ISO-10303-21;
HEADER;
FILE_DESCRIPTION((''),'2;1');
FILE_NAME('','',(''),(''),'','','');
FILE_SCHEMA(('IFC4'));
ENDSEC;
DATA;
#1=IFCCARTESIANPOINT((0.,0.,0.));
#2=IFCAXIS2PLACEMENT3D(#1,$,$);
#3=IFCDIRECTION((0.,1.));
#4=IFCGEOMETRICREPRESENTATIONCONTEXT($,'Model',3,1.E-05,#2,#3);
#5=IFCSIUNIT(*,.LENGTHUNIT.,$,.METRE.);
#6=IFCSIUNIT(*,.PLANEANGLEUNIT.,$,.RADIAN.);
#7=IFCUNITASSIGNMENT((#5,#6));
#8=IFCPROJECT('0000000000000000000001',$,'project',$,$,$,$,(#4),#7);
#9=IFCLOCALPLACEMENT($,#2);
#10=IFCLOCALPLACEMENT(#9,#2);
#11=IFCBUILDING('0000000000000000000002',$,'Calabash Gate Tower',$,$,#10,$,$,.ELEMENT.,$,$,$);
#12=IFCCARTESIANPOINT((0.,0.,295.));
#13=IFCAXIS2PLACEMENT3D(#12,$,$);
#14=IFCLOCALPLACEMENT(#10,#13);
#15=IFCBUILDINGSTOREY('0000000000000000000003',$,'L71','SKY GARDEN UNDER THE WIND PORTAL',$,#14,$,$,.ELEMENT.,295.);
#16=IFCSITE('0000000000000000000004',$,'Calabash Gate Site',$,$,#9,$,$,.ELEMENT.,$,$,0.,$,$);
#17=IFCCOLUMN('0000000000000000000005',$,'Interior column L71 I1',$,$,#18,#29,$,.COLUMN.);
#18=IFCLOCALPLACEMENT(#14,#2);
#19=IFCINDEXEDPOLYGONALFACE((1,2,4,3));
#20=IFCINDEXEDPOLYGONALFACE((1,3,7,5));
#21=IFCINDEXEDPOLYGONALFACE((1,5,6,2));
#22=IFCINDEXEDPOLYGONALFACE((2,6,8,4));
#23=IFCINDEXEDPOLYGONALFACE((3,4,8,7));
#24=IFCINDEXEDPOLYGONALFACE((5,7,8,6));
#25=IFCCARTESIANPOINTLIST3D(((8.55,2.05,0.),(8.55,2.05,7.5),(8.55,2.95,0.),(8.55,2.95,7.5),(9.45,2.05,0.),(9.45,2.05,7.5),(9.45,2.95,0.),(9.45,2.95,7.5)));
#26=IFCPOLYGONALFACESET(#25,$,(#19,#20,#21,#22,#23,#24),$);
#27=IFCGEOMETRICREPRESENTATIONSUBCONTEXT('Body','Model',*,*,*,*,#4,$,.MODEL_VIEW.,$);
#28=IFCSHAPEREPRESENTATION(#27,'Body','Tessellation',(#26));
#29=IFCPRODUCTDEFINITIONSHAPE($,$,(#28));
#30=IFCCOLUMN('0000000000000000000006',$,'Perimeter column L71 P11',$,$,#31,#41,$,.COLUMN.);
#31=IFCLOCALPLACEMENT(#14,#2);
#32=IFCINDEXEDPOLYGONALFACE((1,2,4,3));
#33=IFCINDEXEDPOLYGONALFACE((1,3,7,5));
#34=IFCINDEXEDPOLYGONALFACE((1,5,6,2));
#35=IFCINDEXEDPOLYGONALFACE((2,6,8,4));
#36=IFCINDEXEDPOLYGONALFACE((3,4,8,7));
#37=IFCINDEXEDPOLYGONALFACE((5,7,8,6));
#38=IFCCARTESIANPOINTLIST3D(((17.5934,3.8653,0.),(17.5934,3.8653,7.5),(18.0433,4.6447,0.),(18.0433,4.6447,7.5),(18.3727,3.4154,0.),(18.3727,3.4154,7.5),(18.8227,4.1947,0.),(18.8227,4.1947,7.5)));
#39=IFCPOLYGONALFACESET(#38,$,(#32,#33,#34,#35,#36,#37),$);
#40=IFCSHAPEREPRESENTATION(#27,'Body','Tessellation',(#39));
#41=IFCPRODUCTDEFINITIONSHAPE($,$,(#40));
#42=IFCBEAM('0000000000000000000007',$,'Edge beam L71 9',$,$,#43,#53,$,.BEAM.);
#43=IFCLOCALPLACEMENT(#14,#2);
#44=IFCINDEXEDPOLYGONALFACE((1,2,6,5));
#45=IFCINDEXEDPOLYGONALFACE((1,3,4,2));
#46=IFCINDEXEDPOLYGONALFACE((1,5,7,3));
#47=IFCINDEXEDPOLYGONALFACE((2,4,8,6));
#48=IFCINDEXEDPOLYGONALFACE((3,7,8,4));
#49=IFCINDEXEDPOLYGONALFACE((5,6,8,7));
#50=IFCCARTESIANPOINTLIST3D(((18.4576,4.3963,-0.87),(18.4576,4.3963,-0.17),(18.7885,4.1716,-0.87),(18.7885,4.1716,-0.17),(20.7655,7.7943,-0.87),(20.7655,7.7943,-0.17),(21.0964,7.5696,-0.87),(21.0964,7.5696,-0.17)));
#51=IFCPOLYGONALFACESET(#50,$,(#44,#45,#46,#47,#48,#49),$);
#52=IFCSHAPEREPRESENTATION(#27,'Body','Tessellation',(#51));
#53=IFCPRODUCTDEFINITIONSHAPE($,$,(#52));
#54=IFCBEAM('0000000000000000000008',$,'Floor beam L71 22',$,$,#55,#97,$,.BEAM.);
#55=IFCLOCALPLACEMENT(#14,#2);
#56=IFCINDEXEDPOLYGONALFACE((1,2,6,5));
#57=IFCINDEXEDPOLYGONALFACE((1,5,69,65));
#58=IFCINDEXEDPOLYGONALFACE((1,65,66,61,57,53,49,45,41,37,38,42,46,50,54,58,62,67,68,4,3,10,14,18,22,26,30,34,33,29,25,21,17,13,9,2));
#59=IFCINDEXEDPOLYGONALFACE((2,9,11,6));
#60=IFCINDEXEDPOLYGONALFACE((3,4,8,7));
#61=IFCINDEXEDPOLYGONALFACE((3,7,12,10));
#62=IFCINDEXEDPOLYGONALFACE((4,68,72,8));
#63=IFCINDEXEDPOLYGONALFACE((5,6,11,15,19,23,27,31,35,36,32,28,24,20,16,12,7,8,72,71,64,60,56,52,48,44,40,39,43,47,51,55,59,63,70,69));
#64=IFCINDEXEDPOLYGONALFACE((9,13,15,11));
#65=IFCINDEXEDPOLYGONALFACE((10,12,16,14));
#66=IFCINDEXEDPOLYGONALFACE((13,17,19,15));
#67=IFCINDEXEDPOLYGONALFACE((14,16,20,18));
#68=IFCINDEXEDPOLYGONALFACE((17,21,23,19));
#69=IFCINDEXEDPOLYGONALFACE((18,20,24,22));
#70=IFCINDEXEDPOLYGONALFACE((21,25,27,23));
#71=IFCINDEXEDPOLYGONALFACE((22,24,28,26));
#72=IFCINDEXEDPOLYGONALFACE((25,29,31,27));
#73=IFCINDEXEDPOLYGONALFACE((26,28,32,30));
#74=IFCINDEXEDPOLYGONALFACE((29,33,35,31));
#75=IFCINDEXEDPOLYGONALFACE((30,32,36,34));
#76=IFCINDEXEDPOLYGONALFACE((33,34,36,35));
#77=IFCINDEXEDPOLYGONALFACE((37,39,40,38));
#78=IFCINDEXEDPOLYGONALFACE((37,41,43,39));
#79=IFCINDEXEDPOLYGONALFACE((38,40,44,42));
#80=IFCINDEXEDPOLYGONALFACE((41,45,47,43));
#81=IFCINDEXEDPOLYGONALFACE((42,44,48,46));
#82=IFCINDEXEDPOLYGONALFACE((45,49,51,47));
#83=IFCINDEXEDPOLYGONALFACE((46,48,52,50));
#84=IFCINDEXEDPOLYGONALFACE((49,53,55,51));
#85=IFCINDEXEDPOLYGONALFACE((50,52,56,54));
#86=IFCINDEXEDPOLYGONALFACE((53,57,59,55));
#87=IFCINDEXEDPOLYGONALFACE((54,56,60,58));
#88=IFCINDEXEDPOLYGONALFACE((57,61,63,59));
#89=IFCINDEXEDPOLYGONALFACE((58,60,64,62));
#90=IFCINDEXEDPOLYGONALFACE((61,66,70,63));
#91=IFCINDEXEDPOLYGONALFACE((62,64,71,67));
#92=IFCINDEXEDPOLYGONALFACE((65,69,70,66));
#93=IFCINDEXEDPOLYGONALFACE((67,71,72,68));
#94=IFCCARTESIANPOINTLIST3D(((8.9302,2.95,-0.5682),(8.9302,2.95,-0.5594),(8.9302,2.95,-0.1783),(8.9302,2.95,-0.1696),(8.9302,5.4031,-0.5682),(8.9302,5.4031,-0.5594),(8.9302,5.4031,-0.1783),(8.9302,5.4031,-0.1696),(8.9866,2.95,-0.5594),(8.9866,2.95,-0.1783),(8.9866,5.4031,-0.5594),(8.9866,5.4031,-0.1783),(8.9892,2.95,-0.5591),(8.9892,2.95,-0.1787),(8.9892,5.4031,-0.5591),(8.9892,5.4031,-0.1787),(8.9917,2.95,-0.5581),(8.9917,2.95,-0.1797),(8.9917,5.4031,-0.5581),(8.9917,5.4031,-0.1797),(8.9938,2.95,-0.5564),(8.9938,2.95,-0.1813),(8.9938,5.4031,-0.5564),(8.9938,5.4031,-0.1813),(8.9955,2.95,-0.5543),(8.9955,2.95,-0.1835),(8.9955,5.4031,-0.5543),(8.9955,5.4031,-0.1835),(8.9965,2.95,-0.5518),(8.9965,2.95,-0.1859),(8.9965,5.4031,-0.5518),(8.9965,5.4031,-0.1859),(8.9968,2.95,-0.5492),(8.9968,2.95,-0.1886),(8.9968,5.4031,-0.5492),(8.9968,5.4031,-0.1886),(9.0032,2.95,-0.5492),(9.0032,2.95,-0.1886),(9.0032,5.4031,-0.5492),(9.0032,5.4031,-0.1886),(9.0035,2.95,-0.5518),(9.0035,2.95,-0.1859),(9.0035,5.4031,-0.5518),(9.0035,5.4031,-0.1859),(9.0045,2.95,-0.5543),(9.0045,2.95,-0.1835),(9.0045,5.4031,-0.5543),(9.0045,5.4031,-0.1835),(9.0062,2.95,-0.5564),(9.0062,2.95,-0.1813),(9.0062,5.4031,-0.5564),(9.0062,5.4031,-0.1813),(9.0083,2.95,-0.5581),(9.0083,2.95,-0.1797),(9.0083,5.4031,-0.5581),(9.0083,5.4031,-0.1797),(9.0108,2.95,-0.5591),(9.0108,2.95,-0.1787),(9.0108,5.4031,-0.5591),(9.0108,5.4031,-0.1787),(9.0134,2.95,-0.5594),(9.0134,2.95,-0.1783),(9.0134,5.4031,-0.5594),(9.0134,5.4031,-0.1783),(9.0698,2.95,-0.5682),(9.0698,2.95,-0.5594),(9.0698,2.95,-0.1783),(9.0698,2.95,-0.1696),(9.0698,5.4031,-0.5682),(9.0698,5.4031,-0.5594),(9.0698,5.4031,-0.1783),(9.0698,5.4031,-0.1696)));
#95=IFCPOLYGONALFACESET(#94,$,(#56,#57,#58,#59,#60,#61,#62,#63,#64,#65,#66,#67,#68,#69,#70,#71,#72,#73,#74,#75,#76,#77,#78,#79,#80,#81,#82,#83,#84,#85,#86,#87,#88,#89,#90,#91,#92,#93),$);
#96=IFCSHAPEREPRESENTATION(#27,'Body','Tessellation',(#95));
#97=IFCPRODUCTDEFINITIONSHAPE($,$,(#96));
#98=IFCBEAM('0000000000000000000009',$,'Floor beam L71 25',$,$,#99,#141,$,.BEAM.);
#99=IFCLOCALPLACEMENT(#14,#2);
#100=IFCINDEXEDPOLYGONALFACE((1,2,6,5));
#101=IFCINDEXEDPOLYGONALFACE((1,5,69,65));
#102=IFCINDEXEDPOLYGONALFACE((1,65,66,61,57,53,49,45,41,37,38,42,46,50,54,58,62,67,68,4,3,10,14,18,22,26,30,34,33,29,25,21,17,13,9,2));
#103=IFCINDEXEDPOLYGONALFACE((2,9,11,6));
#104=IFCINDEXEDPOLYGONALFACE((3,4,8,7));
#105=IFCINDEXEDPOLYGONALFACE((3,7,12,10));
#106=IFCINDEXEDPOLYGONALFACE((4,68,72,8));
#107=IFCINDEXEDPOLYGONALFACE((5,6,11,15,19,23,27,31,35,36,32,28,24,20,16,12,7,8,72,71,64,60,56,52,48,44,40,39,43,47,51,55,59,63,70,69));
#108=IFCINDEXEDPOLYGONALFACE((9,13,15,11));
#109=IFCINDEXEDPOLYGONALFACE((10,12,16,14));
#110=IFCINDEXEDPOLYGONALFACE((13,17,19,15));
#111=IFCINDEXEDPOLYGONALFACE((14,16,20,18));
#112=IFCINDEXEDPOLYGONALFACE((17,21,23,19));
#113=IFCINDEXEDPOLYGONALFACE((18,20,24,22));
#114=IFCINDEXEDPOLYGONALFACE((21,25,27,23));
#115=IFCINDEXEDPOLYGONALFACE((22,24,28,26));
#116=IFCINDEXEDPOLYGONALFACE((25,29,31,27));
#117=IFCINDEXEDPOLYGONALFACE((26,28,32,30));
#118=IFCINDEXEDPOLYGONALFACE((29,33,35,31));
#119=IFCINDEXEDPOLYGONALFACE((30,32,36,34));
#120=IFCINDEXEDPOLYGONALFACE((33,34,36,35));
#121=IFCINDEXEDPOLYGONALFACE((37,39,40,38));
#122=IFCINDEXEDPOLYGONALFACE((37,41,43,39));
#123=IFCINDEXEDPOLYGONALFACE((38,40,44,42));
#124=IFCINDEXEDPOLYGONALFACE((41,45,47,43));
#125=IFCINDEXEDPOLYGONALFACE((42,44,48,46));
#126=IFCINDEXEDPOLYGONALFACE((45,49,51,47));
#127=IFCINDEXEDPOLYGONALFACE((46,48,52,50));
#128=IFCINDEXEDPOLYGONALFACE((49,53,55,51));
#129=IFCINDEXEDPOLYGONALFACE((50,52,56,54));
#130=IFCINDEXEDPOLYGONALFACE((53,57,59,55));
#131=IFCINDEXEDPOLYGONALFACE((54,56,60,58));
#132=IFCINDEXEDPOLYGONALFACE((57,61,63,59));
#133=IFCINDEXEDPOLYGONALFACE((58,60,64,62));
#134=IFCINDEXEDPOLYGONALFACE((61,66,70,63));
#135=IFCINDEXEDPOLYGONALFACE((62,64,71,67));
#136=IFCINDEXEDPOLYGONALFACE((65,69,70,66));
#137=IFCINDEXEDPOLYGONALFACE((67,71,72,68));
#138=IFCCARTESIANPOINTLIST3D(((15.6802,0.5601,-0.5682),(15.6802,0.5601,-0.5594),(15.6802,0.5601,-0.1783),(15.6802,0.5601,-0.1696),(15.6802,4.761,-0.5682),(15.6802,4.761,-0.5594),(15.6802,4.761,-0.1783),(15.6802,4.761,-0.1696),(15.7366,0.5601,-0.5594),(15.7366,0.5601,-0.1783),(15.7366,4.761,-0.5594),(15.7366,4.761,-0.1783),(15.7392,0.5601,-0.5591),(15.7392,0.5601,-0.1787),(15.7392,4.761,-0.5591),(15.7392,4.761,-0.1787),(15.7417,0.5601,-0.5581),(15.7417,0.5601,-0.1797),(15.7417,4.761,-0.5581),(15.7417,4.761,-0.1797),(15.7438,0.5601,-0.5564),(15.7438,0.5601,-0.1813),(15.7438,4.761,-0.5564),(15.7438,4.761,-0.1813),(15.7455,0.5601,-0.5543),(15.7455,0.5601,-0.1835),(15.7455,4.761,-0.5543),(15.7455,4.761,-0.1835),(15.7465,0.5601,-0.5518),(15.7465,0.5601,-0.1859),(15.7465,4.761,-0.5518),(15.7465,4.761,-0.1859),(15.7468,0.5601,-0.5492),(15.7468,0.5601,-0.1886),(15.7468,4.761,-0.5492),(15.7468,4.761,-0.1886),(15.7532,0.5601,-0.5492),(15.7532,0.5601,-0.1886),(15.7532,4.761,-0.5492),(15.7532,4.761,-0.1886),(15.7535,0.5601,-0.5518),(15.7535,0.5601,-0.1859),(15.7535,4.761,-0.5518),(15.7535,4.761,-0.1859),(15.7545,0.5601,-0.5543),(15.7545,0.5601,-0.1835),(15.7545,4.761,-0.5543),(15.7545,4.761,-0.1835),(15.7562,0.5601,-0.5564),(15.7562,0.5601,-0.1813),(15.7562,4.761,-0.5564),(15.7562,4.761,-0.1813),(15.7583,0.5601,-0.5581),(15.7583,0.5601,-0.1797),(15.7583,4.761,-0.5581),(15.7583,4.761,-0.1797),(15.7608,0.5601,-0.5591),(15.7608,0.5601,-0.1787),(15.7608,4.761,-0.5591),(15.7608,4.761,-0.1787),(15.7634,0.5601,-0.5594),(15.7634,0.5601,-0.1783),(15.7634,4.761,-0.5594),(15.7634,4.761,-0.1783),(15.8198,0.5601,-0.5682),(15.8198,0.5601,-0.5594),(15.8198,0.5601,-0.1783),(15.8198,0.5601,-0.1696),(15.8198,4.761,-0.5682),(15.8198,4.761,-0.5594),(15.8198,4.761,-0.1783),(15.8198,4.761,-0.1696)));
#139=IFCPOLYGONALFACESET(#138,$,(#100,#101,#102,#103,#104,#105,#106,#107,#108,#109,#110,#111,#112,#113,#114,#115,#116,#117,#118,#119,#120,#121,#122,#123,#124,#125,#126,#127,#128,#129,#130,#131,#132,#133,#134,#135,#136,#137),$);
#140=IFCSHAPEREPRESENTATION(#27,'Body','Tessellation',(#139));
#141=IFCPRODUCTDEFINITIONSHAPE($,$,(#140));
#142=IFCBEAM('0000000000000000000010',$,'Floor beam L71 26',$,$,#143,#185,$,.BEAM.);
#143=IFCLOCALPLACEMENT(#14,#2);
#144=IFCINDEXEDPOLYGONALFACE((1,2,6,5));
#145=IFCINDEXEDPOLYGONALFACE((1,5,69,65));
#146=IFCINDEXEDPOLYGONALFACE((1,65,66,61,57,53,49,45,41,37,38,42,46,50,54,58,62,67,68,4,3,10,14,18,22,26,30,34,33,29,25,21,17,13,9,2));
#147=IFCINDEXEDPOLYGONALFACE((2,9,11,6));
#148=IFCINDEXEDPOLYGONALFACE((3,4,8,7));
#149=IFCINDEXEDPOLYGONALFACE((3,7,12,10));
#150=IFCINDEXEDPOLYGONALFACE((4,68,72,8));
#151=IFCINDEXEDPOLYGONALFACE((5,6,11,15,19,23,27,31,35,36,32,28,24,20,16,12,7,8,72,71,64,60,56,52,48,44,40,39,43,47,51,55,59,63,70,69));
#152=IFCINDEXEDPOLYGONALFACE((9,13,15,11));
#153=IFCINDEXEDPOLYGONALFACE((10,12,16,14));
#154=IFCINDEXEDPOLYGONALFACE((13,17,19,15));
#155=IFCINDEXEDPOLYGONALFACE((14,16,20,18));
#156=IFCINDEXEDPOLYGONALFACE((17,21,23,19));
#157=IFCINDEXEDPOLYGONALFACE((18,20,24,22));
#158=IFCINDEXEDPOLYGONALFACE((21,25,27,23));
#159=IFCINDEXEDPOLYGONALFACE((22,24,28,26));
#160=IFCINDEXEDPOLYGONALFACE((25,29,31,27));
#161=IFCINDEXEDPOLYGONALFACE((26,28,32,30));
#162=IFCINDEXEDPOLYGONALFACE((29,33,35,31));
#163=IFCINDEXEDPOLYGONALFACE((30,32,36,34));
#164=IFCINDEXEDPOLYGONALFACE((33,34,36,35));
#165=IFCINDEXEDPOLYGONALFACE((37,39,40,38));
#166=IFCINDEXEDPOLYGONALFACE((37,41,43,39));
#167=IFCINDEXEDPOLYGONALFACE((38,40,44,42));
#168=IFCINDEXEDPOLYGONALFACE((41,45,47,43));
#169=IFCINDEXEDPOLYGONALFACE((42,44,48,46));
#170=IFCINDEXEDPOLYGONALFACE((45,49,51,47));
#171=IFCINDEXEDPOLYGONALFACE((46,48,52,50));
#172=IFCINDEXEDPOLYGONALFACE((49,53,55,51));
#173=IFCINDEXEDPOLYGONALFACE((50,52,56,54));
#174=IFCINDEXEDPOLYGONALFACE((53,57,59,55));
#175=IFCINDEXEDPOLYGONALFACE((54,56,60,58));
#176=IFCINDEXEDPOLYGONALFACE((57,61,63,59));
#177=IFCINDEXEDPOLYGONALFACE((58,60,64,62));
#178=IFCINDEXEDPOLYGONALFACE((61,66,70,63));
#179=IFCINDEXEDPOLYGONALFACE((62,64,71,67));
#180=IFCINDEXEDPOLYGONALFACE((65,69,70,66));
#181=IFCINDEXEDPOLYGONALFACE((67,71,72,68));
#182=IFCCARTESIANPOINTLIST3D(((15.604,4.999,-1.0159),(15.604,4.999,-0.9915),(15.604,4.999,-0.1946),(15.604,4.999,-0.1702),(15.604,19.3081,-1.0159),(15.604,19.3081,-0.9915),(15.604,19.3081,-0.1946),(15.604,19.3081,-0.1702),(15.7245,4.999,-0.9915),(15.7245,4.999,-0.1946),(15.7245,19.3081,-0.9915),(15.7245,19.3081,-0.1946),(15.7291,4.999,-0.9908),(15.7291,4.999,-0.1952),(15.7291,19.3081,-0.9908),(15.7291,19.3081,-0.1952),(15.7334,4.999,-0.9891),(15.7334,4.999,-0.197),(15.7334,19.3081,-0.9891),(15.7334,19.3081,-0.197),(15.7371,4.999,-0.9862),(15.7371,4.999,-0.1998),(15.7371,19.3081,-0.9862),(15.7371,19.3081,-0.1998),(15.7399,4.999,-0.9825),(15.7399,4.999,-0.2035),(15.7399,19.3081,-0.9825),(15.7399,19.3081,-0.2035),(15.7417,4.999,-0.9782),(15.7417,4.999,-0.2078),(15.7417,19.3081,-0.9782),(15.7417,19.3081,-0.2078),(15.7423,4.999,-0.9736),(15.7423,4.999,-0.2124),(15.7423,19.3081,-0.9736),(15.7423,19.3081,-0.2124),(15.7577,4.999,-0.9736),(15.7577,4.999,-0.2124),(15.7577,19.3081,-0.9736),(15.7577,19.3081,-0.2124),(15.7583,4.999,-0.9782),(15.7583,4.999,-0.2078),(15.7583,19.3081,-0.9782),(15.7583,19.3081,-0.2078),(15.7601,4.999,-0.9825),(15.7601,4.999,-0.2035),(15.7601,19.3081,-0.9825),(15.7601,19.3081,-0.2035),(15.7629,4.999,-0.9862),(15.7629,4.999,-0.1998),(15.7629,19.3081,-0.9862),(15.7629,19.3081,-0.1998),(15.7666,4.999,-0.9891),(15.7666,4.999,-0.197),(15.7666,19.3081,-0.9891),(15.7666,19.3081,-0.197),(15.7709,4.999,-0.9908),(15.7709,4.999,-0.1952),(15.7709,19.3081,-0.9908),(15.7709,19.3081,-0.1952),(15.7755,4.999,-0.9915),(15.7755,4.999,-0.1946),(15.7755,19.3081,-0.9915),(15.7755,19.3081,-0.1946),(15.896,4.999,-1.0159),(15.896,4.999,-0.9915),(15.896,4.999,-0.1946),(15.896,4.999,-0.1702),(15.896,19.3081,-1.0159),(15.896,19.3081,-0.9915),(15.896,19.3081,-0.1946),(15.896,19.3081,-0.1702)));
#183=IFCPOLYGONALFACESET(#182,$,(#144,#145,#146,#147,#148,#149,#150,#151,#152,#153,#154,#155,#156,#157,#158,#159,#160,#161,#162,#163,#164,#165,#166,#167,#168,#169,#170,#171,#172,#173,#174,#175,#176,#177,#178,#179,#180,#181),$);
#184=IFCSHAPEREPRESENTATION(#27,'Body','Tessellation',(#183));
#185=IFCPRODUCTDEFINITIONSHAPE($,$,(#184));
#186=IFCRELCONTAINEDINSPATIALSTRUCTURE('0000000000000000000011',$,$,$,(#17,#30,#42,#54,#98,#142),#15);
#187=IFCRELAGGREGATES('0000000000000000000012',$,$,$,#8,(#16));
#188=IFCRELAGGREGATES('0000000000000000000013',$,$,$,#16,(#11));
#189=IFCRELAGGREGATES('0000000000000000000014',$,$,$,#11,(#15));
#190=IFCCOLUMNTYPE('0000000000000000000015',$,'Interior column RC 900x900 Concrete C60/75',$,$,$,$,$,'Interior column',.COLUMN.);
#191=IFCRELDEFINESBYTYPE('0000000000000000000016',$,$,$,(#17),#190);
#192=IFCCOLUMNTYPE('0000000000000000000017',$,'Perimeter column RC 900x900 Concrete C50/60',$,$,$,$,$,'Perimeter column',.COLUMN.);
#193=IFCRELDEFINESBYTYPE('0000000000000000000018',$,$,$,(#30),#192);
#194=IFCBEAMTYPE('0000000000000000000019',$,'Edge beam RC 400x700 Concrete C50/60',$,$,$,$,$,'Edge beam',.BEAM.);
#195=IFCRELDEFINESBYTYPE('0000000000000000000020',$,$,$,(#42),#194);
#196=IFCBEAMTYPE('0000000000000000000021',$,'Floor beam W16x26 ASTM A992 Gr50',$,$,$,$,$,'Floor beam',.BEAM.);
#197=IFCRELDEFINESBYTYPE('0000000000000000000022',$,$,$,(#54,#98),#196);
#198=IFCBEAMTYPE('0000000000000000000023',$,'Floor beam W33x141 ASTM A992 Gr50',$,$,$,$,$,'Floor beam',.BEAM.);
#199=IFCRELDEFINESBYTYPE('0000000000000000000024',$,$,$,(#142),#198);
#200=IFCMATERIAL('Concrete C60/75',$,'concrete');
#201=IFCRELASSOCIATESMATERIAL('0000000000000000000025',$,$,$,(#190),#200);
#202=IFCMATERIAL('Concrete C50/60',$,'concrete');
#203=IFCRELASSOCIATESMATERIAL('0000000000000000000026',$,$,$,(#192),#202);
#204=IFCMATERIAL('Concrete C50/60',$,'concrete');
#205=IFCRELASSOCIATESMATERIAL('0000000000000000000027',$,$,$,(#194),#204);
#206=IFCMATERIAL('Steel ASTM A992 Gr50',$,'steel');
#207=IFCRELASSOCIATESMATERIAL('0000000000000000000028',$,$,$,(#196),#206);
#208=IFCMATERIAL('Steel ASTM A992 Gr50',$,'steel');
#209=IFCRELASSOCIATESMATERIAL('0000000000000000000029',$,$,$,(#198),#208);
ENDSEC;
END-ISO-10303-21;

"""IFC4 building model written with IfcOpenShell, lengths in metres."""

from ifc_helpers import new_model, si_unit, direction, frame, origin, origin_2d, place, context, subcontext, project, spatial, rectangle, i_section, extrude, material, material_profile, profile_set, type_object, element, save


model = new_model("IFC4")

# Units and contexts
model_context = context("Model", 3, precision=1e-05, world=origin(), true_north=direction((0.0, 1.0)))
body_context = subcontext(model_context, "Body", "Model", "MODEL_VIEW")
ifc_project = project(units=[si_unit("LENGTHUNIT", "METRE"), si_unit("PLANEANGLEUNIT", "RADIAN")], contexts=[model_context])

# Site, building, storey
site_placement = place(None, origin())
site = spatial("IfcSite", under=ifc_project, at=site_placement, Name="Calabash Gate Site", CompositionType="ELEMENT", RefElevation=0.0)
building_placement = place(site_placement, origin())
building = spatial("IfcBuilding", under=site, at=building_placement, Name="Calabash Gate Tower", CompositionType="ELEMENT")
storey_placement = place(building_placement, frame((0.0, 0.0, 295.0)))
storey = spatial("IfcBuildingStorey", under=building, at=storey_placement, Name="L71", Description="SKY GARDEN UNDER THE WIND PORTAL", CompositionType="ELEMENT", Elevation=295.0)

# Columns
ifc_material_1 = material(Name="Concrete C60/75", Category="concrete")
ifc_material_profile_1 = material_profile(ifc_material_1, rectangle(XDim=0.8999, YDim=0.8999, at=origin_2d()))
ifc_profile_set_1 = profile_set([ifc_material_profile_1], Name="Concrete C60/75")
column_type_1 = type_object("IfcColumnType", Name="Interior column RC 900x900 Concrete C60/75", ElementType="Interior column", PredefinedType="COLUMN", material=ifc_profile_set_1)
column_1_placement = place(storey_placement, frame((9.0, 2.5, 0.0), z_axis=(0.0, 0.0, 1.0), x_axis=(1.0, 0.0, 0.0)))
element("IfcColumn", 1, at=column_1_placement, inside=storey, type_object=column_type_1, Name="Interior column L71 I1", PredefinedType="COLUMN", context=body_context, shape_type="SweptSolid", body=[
    extrude(rectangle(XDim=0.8999, YDim=0.8999, at=origin_2d()), origin(), (0.0, 0.0, 1.0), 7.5),
])
ifc_material_2 = material(Name="Concrete C50/60", Category="concrete")
ifc_material_profile_2 = material_profile(ifc_material_2, rectangle(XDim=0.8999, YDim=0.8999, at=origin_2d()))
ifc_profile_set_2 = profile_set([ifc_material_profile_2], Name="Concrete C50/60")
column_type_2 = type_object("IfcColumnType", Name="Perimeter column RC 900x900 Concrete C50/60", ElementType="Perimeter column", PredefinedType="COLUMN", material=ifc_profile_set_2)
column_2_placement = place(storey_placement, frame((18.208, 4.03, 0.0), z_axis=(0.0, 0.0, 1.0), x_axis=(0.5, 0.866025, 0.0)))
element("IfcColumn", 2, at=column_2_placement, inside=storey, type_object=column_type_2, Name="Perimeter column L71 P11", PredefinedType="COLUMN", context=body_context, shape_type="SweptSolid", body=[
    extrude(rectangle(XDim=0.8999, YDim=0.8999, at=origin_2d()), origin(), (0.0, 0.0, 1.0), 7.5),
])

# Beams
ifc_material_3 = material(Name="Concrete C50/60", Category="concrete")
ifc_material_profile_3 = material_profile(ifc_material_3, rectangle(XDim=0.3999, YDim=0.7, at=origin_2d()))
ifc_profile_set_3 = profile_set([ifc_material_profile_3], Name="Concrete C50/60")
beam_type_1 = type_object("IfcBeamType", Name="Edge beam RC 400x700 Concrete C50/60", ElementType="Edge beam", PredefinedType="BEAM", material=ifc_profile_set_3)
beam_1_placement = place(storey_placement, frame((18.623, 4.2839, -0.52), z_axis=(0.561853, 0.827237, 0.0), x_axis=(-0.827237, 0.561853, 0.0)))
element("IfcBeam", 3, at=beam_1_placement, inside=storey, type_object=beam_type_1, Name="Edge beam L71 9", PredefinedType="BEAM", context=body_context, shape_type="SweptSolid", body=[
    extrude(rectangle(XDim=0.3999, YDim=0.7, at=origin_2d()), origin(), (0.0, 0.0, 1.0), 4.1077),
])
ifc_material_4 = material(Name="Steel ASTM A992 Gr50", Category="steel")
ifc_material_profile_4 = material_profile(ifc_material_4, i_section(OverallWidth=0.1396, OverallDepth=0.3987, WebThickness=0.0063, FlangeThickness=0.0088, FilletRadius=0.0103, at=origin_2d()))
ifc_profile_set_4 = profile_set([ifc_material_profile_4], Name="Steel ASTM A992 Gr50")
beam_type_2 = type_object("IfcBeamType", Name="Floor beam W16x26 ASTM A992 Gr50", ElementType="Floor beam", PredefinedType="BEAM", material=ifc_profile_set_4)
beam_2_placement = place(storey_placement, frame((9.0, 2.95, -0.3689), z_axis=(0.0, 1.0, 0.0), x_axis=(-1.0, 0.0, 0.0)))
element("IfcBeam", 4, at=beam_2_placement, inside=storey, type_object=beam_type_2, Name="Floor beam L71 22", PredefinedType="BEAM", context=body_context, shape_type="SweptSolid", body=[
    extrude(i_section(OverallWidth=0.1396, OverallDepth=0.3987, WebThickness=0.0063, FlangeThickness=0.0088, FilletRadius=0.0103, at=origin_2d()), origin(), (0.0, 0.0, 1.0), 2.4531),
])
beam_3_placement = place(storey_placement, frame((15.75, 0.5601, -0.3689), z_axis=(0.0, 1.0, 0.0), x_axis=(-1.0, 0.0, 0.0)))
element("IfcBeam", 5, at=beam_3_placement, inside=storey, type_object=beam_type_2, Name="Floor beam L71 25", PredefinedType="BEAM", context=body_context, shape_type="SweptSolid", body=[
    extrude(i_section(OverallWidth=0.1396, OverallDepth=0.3987, WebThickness=0.0063, FlangeThickness=0.0088, FilletRadius=0.0103, at=origin_2d()), origin(), (0.0, 0.0, 1.0), 4.2009),
])
ifc_material_5 = material(Name="Steel ASTM A992 Gr50", Category="steel")
ifc_material_profile_5 = material_profile(ifc_material_5, i_section(OverallWidth=0.292, OverallDepth=0.8457, WebThickness=0.0154, FlangeThickness=0.0244, FilletRadius=0.0178, at=origin_2d()))
ifc_profile_set_5 = profile_set([ifc_material_profile_5], Name="Steel ASTM A992 Gr50")
beam_type_3 = type_object("IfcBeamType", Name="Floor beam W33x141 ASTM A992 Gr50", ElementType="Floor beam", PredefinedType="BEAM", material=ifc_profile_set_5)
beam_4_placement = place(storey_placement, frame((15.75, 4.999, -0.593), z_axis=(0.0, 1.0, 0.0), x_axis=(-1.0, 0.0, 0.0)))
element("IfcBeam", 6, at=beam_4_placement, inside=storey, type_object=beam_type_3, Name="Floor beam L71 26", PredefinedType="BEAM", context=body_context, shape_type="SweptSolid", body=[
    extrude(i_section(OverallWidth=0.292, OverallDepth=0.8457, WebThickness=0.0154, FlangeThickness=0.0244, FilletRadius=0.0178, at=origin_2d()), origin(), (0.0, 0.0, 1.0), 14.3091),
])

save(model, "model.ifc")
